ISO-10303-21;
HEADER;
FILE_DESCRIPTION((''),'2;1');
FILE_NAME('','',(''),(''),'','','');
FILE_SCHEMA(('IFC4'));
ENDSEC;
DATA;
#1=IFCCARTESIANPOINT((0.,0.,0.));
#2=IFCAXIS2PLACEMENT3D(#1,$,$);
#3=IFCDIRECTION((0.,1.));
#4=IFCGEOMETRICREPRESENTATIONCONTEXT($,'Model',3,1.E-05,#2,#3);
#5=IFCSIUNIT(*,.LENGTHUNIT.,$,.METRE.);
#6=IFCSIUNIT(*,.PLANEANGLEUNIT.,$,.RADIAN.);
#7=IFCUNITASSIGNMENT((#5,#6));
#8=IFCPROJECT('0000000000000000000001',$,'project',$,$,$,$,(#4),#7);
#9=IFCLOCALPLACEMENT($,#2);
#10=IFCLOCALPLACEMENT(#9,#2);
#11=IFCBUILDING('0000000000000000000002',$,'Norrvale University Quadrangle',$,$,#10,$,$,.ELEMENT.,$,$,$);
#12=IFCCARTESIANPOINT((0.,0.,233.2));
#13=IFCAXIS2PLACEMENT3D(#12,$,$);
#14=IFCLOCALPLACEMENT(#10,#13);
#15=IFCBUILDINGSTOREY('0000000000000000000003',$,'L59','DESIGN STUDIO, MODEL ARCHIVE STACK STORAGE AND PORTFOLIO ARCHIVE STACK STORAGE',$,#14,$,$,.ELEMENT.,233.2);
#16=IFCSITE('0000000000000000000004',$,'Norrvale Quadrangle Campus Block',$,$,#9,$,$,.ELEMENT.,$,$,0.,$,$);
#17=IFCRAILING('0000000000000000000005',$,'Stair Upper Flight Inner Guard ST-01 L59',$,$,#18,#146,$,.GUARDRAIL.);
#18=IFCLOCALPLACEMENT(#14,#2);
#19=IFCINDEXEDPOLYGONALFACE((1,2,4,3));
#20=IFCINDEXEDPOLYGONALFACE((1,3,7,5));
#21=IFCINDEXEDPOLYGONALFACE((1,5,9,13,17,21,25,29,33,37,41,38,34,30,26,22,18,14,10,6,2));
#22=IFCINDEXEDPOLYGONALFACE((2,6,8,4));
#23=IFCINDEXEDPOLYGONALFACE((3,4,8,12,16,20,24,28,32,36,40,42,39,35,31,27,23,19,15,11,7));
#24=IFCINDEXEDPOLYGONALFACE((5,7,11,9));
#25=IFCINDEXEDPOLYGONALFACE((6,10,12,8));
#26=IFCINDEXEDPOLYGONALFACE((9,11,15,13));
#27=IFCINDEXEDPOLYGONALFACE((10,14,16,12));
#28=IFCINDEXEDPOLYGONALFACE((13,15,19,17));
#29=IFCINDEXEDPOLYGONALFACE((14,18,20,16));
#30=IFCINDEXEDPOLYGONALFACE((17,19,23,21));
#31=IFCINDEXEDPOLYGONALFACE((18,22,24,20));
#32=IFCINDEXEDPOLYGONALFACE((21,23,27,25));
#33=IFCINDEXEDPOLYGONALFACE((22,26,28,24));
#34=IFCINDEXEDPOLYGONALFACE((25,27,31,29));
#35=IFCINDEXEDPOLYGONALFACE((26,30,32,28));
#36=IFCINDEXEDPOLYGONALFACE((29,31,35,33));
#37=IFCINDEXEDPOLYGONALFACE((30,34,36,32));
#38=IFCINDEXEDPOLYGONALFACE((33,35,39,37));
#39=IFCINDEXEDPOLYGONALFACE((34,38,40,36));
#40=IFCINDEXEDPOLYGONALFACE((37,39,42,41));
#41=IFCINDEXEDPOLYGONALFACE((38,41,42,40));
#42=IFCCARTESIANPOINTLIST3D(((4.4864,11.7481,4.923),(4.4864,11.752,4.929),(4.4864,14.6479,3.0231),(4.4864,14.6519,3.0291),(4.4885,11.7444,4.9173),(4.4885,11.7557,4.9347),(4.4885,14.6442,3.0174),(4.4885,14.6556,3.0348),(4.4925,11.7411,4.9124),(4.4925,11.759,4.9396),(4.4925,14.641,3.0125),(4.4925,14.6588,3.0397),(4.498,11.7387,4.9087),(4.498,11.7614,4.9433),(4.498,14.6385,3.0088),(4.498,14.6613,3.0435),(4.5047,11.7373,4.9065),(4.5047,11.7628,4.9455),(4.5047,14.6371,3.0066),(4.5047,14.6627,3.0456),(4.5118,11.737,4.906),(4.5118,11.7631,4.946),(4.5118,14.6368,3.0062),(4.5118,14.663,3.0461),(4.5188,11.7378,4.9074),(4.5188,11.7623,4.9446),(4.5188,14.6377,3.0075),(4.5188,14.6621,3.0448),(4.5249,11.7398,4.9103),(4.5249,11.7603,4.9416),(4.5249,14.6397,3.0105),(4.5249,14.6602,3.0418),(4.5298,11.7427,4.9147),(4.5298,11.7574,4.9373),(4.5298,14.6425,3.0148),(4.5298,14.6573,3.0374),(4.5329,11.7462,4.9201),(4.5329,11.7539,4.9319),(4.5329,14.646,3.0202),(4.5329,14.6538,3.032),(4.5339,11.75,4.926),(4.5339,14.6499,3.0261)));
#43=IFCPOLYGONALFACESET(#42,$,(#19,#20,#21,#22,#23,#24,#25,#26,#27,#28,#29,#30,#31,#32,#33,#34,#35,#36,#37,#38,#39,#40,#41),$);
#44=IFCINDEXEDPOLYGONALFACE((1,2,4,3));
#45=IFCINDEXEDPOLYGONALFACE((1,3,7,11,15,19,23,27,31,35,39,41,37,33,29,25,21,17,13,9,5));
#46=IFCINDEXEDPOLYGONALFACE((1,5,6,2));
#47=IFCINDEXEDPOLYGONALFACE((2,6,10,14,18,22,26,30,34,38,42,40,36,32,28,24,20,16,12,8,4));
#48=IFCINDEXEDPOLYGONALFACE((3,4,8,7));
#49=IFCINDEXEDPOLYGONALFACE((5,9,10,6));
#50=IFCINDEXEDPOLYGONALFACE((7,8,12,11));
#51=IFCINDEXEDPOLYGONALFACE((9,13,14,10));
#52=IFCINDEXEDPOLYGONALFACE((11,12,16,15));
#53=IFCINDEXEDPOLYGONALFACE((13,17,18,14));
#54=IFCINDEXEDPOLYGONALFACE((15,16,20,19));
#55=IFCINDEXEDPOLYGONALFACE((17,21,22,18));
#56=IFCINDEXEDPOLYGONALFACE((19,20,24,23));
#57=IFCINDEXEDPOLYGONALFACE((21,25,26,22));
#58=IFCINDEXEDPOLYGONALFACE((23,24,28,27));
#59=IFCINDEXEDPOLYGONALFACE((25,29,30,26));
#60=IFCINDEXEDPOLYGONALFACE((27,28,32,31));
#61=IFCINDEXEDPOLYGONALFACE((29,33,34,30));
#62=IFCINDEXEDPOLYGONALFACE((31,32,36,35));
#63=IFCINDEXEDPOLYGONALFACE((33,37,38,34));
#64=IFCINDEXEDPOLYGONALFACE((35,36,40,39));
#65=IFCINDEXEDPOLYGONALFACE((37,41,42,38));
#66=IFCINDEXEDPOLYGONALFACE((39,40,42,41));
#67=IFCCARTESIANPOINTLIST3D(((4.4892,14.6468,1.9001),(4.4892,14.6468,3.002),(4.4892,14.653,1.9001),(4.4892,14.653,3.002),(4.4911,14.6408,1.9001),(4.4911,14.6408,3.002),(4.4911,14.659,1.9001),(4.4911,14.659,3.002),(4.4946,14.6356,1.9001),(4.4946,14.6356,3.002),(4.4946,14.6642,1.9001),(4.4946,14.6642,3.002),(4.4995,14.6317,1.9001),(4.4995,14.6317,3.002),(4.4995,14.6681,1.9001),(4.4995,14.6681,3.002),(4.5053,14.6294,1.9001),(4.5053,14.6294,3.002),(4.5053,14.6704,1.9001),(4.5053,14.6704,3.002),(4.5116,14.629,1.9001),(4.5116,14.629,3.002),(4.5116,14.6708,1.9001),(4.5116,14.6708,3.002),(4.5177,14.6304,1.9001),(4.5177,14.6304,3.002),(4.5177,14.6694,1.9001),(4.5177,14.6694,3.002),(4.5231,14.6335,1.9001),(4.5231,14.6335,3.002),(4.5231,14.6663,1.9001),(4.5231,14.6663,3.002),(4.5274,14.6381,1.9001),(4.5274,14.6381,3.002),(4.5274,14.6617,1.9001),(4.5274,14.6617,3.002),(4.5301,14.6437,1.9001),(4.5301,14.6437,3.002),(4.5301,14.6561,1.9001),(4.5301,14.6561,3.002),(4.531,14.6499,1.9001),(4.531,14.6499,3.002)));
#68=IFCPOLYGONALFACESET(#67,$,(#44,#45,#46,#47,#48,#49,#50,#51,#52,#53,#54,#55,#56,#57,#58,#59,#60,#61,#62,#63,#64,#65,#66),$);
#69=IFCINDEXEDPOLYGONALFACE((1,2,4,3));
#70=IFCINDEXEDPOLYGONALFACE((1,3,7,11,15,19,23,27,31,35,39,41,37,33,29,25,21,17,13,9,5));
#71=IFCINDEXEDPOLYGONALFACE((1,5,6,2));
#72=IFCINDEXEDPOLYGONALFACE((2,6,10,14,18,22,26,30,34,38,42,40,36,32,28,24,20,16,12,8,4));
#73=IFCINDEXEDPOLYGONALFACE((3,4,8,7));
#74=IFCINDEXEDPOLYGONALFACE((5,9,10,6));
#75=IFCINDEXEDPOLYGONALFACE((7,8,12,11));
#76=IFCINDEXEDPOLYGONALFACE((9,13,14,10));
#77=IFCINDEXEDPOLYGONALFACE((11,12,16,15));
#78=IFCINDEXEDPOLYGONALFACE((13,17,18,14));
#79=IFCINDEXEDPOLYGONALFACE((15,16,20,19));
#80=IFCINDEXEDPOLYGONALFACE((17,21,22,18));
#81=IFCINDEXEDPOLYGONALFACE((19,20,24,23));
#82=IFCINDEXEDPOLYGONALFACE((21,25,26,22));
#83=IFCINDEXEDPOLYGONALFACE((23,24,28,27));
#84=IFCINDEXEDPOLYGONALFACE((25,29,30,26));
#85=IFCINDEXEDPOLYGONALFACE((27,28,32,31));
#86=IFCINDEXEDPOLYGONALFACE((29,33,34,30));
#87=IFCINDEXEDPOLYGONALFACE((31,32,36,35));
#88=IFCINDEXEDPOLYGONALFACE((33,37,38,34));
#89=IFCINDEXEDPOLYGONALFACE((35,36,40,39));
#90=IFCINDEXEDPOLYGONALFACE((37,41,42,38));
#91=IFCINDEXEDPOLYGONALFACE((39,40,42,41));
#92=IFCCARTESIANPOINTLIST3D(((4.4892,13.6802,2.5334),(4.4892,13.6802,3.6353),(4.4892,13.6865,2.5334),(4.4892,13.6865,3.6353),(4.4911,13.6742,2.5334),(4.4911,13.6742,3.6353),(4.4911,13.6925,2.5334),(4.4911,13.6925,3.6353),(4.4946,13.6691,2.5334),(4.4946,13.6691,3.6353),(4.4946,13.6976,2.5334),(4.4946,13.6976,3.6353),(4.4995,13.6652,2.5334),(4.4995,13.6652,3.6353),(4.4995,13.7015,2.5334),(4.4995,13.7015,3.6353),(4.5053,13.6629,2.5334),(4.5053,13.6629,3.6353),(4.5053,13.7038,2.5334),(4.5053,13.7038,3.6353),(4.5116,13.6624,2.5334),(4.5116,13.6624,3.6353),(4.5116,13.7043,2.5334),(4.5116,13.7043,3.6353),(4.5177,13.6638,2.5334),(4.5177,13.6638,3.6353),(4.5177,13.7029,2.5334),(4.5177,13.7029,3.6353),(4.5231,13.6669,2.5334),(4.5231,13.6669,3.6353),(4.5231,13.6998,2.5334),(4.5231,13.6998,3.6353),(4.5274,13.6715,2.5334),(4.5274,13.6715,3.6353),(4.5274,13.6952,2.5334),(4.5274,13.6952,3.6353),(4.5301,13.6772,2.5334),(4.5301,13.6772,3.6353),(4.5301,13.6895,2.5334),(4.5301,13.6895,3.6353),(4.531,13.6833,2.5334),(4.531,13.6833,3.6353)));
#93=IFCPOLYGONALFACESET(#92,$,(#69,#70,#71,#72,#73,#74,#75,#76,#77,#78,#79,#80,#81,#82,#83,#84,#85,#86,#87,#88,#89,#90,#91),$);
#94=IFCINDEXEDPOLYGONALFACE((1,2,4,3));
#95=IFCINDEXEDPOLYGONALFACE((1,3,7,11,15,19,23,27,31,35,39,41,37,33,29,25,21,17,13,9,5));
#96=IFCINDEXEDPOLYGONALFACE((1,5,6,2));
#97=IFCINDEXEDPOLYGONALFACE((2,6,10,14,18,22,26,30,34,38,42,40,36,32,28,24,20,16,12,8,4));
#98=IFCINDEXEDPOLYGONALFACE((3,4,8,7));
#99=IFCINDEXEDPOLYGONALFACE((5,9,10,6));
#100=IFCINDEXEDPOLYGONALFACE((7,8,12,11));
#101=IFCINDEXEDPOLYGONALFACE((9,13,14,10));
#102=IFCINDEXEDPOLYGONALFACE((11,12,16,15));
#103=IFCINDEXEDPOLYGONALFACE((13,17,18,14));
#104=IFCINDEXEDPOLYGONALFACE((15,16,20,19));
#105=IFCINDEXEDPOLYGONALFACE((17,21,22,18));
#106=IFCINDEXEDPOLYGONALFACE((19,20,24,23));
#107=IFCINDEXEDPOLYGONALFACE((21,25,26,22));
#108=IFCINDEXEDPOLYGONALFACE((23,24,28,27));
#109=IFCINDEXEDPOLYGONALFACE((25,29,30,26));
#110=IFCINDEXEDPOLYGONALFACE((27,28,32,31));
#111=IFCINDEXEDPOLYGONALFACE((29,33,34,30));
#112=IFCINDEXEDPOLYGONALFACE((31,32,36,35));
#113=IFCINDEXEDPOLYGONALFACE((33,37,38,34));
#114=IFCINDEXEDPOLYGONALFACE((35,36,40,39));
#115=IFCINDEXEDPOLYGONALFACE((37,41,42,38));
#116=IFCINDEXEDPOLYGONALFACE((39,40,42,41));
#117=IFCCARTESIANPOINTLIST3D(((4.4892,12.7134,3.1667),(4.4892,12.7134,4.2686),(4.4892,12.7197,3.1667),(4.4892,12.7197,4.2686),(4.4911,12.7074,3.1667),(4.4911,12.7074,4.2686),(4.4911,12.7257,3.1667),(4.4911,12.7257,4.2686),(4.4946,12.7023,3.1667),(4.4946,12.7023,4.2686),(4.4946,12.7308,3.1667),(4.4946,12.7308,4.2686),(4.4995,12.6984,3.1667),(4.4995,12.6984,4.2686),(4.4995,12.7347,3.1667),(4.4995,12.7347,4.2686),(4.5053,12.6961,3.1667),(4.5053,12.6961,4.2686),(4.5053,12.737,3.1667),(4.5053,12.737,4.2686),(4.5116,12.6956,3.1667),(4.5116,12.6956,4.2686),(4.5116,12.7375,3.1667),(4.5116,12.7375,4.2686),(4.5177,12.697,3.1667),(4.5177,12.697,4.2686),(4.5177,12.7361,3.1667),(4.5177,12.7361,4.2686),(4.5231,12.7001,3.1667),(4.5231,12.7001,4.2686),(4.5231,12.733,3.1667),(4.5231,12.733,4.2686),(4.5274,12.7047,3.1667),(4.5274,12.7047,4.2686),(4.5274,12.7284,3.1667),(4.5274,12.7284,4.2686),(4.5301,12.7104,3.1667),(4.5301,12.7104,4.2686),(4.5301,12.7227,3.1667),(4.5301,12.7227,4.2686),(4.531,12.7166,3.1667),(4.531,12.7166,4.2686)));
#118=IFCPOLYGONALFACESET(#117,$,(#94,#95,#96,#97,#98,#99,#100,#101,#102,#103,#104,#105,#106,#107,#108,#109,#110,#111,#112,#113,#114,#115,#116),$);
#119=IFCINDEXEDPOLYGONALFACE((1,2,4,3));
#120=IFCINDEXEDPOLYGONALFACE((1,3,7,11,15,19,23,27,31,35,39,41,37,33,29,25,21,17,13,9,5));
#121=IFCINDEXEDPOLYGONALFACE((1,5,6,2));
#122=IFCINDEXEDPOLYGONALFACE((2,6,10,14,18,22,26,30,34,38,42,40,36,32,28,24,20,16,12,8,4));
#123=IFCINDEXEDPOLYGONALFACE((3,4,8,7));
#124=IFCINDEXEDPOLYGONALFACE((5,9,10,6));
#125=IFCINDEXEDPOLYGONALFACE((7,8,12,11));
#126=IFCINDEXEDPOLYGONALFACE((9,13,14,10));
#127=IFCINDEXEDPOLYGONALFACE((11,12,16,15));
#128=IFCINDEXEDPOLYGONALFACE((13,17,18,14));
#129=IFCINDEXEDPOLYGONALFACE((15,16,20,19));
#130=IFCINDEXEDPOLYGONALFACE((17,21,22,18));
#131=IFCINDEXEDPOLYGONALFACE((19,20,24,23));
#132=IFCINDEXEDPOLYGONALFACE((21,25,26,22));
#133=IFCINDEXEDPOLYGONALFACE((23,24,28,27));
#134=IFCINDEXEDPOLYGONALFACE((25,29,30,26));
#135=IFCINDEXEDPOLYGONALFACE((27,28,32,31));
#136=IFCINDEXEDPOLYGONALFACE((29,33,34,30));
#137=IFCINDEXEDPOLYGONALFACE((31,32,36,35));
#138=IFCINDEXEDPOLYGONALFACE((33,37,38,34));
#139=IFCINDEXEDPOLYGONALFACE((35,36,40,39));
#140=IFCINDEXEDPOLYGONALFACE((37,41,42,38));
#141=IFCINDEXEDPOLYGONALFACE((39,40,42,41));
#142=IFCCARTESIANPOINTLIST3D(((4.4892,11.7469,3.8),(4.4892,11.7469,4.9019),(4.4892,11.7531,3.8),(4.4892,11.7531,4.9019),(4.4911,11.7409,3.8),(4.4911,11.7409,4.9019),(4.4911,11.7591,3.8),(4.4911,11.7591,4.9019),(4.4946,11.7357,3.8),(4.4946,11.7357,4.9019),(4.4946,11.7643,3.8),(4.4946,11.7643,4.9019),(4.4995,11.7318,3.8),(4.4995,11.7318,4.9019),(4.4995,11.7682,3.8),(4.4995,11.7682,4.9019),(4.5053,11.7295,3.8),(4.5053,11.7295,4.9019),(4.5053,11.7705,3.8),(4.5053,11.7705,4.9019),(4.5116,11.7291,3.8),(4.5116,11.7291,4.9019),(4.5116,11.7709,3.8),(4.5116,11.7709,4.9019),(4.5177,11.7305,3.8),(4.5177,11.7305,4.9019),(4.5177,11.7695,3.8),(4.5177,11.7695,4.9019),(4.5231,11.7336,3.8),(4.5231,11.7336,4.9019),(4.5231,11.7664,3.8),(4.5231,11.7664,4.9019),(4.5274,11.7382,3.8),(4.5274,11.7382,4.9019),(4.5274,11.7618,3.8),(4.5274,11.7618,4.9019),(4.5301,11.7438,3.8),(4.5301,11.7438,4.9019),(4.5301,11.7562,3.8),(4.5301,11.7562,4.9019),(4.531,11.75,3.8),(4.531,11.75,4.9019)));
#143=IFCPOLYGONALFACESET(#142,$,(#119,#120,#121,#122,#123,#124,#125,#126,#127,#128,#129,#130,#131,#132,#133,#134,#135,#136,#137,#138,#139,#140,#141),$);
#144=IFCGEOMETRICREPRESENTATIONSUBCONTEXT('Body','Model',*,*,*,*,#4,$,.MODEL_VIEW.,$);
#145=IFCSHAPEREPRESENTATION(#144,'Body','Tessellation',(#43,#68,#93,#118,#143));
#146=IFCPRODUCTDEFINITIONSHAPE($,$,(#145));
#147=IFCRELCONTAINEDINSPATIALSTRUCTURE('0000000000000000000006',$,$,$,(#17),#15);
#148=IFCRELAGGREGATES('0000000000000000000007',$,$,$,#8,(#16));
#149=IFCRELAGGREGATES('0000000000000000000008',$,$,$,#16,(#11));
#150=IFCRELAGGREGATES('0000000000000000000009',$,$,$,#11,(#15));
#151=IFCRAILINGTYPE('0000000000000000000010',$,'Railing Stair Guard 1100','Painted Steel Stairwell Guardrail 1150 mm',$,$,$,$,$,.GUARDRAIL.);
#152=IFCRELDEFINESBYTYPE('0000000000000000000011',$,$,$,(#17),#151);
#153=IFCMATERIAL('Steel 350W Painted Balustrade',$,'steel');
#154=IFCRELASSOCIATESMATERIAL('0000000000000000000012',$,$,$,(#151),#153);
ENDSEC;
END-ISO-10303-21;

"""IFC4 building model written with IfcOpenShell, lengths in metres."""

from ifc_helpers import new_model, si_unit, direction, frame, origin, origin_2d, place, context, subcontext, project, spatial, circle, extrude, material, type_object, element, save


model = new_model("IFC4")

# Units and contexts
model_context = context("Model", 3, precision=1e-05, world=origin(), true_north=direction((0.0, 1.0)))
body_context = subcontext(model_context, "Body", "Model", "MODEL_VIEW")
ifc_project = project(units=[si_unit("LENGTHUNIT", "METRE"), si_unit("PLANEANGLEUNIT", "RADIAN")], contexts=[model_context])

# Site, building, storey
site_placement = place(None, origin())
site = spatial("IfcSite", under=ifc_project, at=site_placement, Name="Norrvale Quadrangle Campus Block", CompositionType="ELEMENT", RefElevation=0.0)
building_placement = place(site_placement, origin())
building = spatial("IfcBuilding", under=site, at=building_placement, Name="Norrvale University Quadrangle", CompositionType="ELEMENT")
storey_placement = place(building_placement, frame((0.0, 0.0, 233.2)))
storey = spatial("IfcBuildingStorey", under=building, at=storey_placement, Name="L59", Description="DESIGN STUDIO, MODEL ARCHIVE STACK STORAGE AND PORTFOLIO ARCHIVE STACK STORAGE", CompositionType="ELEMENT", Elevation=233.2)

# Railing
ifc_material_1 = material(Name="Steel 350W Painted Balustrade", Category="steel")
railing_type_1 = type_object("IfcRailingType", Name="Railing Stair Guard 1100", Description="Painted Steel Stairwell Guardrail 1150 mm", PredefinedType="GUARDRAIL", material=ifc_material_1)
railing_1_placement = place(storey_placement, frame((4.51, 14.6499, 1.9001)))
element("IfcRailing", 1, at=railing_1_placement, inside=storey, type_object=railing_type_1, Name="Stair Upper Flight Inner Guard ST-01 L59", PredefinedType="GUARDRAIL", context=body_context, shape_type="SweptSolid", body=[
    extrude(circle(Radius=0.0239, at=origin_2d()), frame((0.0, 0.0, 1.126), z_axis=(0.0, -0.836466, 0.548019), x_axis=(1.0, 0.0, 0.0)), (0.0, 0.0, 1.0), 3.4668),
    extrude(circle(Radius=0.021, at=origin_2d()), origin(), (0.0, 0.0, 1.0), 1.1018),
    extrude(circle(Radius=0.021, at=origin_2d()), frame((0.0, -0.9666, 0.6333)), (0.0, 0.0, 1.0), 1.1018),
    extrude(circle(Radius=0.021, at=origin_2d()), frame((0.0, -1.9333, 1.2666)), (0.0, 0.0, 1.0), 1.1018),
    extrude(circle(Radius=0.021, at=origin_2d()), frame((0.0, -2.8999, 1.8999)), (0.0, 0.0, 1.0), 1.1018),
])

save(model, "model.ifc")
